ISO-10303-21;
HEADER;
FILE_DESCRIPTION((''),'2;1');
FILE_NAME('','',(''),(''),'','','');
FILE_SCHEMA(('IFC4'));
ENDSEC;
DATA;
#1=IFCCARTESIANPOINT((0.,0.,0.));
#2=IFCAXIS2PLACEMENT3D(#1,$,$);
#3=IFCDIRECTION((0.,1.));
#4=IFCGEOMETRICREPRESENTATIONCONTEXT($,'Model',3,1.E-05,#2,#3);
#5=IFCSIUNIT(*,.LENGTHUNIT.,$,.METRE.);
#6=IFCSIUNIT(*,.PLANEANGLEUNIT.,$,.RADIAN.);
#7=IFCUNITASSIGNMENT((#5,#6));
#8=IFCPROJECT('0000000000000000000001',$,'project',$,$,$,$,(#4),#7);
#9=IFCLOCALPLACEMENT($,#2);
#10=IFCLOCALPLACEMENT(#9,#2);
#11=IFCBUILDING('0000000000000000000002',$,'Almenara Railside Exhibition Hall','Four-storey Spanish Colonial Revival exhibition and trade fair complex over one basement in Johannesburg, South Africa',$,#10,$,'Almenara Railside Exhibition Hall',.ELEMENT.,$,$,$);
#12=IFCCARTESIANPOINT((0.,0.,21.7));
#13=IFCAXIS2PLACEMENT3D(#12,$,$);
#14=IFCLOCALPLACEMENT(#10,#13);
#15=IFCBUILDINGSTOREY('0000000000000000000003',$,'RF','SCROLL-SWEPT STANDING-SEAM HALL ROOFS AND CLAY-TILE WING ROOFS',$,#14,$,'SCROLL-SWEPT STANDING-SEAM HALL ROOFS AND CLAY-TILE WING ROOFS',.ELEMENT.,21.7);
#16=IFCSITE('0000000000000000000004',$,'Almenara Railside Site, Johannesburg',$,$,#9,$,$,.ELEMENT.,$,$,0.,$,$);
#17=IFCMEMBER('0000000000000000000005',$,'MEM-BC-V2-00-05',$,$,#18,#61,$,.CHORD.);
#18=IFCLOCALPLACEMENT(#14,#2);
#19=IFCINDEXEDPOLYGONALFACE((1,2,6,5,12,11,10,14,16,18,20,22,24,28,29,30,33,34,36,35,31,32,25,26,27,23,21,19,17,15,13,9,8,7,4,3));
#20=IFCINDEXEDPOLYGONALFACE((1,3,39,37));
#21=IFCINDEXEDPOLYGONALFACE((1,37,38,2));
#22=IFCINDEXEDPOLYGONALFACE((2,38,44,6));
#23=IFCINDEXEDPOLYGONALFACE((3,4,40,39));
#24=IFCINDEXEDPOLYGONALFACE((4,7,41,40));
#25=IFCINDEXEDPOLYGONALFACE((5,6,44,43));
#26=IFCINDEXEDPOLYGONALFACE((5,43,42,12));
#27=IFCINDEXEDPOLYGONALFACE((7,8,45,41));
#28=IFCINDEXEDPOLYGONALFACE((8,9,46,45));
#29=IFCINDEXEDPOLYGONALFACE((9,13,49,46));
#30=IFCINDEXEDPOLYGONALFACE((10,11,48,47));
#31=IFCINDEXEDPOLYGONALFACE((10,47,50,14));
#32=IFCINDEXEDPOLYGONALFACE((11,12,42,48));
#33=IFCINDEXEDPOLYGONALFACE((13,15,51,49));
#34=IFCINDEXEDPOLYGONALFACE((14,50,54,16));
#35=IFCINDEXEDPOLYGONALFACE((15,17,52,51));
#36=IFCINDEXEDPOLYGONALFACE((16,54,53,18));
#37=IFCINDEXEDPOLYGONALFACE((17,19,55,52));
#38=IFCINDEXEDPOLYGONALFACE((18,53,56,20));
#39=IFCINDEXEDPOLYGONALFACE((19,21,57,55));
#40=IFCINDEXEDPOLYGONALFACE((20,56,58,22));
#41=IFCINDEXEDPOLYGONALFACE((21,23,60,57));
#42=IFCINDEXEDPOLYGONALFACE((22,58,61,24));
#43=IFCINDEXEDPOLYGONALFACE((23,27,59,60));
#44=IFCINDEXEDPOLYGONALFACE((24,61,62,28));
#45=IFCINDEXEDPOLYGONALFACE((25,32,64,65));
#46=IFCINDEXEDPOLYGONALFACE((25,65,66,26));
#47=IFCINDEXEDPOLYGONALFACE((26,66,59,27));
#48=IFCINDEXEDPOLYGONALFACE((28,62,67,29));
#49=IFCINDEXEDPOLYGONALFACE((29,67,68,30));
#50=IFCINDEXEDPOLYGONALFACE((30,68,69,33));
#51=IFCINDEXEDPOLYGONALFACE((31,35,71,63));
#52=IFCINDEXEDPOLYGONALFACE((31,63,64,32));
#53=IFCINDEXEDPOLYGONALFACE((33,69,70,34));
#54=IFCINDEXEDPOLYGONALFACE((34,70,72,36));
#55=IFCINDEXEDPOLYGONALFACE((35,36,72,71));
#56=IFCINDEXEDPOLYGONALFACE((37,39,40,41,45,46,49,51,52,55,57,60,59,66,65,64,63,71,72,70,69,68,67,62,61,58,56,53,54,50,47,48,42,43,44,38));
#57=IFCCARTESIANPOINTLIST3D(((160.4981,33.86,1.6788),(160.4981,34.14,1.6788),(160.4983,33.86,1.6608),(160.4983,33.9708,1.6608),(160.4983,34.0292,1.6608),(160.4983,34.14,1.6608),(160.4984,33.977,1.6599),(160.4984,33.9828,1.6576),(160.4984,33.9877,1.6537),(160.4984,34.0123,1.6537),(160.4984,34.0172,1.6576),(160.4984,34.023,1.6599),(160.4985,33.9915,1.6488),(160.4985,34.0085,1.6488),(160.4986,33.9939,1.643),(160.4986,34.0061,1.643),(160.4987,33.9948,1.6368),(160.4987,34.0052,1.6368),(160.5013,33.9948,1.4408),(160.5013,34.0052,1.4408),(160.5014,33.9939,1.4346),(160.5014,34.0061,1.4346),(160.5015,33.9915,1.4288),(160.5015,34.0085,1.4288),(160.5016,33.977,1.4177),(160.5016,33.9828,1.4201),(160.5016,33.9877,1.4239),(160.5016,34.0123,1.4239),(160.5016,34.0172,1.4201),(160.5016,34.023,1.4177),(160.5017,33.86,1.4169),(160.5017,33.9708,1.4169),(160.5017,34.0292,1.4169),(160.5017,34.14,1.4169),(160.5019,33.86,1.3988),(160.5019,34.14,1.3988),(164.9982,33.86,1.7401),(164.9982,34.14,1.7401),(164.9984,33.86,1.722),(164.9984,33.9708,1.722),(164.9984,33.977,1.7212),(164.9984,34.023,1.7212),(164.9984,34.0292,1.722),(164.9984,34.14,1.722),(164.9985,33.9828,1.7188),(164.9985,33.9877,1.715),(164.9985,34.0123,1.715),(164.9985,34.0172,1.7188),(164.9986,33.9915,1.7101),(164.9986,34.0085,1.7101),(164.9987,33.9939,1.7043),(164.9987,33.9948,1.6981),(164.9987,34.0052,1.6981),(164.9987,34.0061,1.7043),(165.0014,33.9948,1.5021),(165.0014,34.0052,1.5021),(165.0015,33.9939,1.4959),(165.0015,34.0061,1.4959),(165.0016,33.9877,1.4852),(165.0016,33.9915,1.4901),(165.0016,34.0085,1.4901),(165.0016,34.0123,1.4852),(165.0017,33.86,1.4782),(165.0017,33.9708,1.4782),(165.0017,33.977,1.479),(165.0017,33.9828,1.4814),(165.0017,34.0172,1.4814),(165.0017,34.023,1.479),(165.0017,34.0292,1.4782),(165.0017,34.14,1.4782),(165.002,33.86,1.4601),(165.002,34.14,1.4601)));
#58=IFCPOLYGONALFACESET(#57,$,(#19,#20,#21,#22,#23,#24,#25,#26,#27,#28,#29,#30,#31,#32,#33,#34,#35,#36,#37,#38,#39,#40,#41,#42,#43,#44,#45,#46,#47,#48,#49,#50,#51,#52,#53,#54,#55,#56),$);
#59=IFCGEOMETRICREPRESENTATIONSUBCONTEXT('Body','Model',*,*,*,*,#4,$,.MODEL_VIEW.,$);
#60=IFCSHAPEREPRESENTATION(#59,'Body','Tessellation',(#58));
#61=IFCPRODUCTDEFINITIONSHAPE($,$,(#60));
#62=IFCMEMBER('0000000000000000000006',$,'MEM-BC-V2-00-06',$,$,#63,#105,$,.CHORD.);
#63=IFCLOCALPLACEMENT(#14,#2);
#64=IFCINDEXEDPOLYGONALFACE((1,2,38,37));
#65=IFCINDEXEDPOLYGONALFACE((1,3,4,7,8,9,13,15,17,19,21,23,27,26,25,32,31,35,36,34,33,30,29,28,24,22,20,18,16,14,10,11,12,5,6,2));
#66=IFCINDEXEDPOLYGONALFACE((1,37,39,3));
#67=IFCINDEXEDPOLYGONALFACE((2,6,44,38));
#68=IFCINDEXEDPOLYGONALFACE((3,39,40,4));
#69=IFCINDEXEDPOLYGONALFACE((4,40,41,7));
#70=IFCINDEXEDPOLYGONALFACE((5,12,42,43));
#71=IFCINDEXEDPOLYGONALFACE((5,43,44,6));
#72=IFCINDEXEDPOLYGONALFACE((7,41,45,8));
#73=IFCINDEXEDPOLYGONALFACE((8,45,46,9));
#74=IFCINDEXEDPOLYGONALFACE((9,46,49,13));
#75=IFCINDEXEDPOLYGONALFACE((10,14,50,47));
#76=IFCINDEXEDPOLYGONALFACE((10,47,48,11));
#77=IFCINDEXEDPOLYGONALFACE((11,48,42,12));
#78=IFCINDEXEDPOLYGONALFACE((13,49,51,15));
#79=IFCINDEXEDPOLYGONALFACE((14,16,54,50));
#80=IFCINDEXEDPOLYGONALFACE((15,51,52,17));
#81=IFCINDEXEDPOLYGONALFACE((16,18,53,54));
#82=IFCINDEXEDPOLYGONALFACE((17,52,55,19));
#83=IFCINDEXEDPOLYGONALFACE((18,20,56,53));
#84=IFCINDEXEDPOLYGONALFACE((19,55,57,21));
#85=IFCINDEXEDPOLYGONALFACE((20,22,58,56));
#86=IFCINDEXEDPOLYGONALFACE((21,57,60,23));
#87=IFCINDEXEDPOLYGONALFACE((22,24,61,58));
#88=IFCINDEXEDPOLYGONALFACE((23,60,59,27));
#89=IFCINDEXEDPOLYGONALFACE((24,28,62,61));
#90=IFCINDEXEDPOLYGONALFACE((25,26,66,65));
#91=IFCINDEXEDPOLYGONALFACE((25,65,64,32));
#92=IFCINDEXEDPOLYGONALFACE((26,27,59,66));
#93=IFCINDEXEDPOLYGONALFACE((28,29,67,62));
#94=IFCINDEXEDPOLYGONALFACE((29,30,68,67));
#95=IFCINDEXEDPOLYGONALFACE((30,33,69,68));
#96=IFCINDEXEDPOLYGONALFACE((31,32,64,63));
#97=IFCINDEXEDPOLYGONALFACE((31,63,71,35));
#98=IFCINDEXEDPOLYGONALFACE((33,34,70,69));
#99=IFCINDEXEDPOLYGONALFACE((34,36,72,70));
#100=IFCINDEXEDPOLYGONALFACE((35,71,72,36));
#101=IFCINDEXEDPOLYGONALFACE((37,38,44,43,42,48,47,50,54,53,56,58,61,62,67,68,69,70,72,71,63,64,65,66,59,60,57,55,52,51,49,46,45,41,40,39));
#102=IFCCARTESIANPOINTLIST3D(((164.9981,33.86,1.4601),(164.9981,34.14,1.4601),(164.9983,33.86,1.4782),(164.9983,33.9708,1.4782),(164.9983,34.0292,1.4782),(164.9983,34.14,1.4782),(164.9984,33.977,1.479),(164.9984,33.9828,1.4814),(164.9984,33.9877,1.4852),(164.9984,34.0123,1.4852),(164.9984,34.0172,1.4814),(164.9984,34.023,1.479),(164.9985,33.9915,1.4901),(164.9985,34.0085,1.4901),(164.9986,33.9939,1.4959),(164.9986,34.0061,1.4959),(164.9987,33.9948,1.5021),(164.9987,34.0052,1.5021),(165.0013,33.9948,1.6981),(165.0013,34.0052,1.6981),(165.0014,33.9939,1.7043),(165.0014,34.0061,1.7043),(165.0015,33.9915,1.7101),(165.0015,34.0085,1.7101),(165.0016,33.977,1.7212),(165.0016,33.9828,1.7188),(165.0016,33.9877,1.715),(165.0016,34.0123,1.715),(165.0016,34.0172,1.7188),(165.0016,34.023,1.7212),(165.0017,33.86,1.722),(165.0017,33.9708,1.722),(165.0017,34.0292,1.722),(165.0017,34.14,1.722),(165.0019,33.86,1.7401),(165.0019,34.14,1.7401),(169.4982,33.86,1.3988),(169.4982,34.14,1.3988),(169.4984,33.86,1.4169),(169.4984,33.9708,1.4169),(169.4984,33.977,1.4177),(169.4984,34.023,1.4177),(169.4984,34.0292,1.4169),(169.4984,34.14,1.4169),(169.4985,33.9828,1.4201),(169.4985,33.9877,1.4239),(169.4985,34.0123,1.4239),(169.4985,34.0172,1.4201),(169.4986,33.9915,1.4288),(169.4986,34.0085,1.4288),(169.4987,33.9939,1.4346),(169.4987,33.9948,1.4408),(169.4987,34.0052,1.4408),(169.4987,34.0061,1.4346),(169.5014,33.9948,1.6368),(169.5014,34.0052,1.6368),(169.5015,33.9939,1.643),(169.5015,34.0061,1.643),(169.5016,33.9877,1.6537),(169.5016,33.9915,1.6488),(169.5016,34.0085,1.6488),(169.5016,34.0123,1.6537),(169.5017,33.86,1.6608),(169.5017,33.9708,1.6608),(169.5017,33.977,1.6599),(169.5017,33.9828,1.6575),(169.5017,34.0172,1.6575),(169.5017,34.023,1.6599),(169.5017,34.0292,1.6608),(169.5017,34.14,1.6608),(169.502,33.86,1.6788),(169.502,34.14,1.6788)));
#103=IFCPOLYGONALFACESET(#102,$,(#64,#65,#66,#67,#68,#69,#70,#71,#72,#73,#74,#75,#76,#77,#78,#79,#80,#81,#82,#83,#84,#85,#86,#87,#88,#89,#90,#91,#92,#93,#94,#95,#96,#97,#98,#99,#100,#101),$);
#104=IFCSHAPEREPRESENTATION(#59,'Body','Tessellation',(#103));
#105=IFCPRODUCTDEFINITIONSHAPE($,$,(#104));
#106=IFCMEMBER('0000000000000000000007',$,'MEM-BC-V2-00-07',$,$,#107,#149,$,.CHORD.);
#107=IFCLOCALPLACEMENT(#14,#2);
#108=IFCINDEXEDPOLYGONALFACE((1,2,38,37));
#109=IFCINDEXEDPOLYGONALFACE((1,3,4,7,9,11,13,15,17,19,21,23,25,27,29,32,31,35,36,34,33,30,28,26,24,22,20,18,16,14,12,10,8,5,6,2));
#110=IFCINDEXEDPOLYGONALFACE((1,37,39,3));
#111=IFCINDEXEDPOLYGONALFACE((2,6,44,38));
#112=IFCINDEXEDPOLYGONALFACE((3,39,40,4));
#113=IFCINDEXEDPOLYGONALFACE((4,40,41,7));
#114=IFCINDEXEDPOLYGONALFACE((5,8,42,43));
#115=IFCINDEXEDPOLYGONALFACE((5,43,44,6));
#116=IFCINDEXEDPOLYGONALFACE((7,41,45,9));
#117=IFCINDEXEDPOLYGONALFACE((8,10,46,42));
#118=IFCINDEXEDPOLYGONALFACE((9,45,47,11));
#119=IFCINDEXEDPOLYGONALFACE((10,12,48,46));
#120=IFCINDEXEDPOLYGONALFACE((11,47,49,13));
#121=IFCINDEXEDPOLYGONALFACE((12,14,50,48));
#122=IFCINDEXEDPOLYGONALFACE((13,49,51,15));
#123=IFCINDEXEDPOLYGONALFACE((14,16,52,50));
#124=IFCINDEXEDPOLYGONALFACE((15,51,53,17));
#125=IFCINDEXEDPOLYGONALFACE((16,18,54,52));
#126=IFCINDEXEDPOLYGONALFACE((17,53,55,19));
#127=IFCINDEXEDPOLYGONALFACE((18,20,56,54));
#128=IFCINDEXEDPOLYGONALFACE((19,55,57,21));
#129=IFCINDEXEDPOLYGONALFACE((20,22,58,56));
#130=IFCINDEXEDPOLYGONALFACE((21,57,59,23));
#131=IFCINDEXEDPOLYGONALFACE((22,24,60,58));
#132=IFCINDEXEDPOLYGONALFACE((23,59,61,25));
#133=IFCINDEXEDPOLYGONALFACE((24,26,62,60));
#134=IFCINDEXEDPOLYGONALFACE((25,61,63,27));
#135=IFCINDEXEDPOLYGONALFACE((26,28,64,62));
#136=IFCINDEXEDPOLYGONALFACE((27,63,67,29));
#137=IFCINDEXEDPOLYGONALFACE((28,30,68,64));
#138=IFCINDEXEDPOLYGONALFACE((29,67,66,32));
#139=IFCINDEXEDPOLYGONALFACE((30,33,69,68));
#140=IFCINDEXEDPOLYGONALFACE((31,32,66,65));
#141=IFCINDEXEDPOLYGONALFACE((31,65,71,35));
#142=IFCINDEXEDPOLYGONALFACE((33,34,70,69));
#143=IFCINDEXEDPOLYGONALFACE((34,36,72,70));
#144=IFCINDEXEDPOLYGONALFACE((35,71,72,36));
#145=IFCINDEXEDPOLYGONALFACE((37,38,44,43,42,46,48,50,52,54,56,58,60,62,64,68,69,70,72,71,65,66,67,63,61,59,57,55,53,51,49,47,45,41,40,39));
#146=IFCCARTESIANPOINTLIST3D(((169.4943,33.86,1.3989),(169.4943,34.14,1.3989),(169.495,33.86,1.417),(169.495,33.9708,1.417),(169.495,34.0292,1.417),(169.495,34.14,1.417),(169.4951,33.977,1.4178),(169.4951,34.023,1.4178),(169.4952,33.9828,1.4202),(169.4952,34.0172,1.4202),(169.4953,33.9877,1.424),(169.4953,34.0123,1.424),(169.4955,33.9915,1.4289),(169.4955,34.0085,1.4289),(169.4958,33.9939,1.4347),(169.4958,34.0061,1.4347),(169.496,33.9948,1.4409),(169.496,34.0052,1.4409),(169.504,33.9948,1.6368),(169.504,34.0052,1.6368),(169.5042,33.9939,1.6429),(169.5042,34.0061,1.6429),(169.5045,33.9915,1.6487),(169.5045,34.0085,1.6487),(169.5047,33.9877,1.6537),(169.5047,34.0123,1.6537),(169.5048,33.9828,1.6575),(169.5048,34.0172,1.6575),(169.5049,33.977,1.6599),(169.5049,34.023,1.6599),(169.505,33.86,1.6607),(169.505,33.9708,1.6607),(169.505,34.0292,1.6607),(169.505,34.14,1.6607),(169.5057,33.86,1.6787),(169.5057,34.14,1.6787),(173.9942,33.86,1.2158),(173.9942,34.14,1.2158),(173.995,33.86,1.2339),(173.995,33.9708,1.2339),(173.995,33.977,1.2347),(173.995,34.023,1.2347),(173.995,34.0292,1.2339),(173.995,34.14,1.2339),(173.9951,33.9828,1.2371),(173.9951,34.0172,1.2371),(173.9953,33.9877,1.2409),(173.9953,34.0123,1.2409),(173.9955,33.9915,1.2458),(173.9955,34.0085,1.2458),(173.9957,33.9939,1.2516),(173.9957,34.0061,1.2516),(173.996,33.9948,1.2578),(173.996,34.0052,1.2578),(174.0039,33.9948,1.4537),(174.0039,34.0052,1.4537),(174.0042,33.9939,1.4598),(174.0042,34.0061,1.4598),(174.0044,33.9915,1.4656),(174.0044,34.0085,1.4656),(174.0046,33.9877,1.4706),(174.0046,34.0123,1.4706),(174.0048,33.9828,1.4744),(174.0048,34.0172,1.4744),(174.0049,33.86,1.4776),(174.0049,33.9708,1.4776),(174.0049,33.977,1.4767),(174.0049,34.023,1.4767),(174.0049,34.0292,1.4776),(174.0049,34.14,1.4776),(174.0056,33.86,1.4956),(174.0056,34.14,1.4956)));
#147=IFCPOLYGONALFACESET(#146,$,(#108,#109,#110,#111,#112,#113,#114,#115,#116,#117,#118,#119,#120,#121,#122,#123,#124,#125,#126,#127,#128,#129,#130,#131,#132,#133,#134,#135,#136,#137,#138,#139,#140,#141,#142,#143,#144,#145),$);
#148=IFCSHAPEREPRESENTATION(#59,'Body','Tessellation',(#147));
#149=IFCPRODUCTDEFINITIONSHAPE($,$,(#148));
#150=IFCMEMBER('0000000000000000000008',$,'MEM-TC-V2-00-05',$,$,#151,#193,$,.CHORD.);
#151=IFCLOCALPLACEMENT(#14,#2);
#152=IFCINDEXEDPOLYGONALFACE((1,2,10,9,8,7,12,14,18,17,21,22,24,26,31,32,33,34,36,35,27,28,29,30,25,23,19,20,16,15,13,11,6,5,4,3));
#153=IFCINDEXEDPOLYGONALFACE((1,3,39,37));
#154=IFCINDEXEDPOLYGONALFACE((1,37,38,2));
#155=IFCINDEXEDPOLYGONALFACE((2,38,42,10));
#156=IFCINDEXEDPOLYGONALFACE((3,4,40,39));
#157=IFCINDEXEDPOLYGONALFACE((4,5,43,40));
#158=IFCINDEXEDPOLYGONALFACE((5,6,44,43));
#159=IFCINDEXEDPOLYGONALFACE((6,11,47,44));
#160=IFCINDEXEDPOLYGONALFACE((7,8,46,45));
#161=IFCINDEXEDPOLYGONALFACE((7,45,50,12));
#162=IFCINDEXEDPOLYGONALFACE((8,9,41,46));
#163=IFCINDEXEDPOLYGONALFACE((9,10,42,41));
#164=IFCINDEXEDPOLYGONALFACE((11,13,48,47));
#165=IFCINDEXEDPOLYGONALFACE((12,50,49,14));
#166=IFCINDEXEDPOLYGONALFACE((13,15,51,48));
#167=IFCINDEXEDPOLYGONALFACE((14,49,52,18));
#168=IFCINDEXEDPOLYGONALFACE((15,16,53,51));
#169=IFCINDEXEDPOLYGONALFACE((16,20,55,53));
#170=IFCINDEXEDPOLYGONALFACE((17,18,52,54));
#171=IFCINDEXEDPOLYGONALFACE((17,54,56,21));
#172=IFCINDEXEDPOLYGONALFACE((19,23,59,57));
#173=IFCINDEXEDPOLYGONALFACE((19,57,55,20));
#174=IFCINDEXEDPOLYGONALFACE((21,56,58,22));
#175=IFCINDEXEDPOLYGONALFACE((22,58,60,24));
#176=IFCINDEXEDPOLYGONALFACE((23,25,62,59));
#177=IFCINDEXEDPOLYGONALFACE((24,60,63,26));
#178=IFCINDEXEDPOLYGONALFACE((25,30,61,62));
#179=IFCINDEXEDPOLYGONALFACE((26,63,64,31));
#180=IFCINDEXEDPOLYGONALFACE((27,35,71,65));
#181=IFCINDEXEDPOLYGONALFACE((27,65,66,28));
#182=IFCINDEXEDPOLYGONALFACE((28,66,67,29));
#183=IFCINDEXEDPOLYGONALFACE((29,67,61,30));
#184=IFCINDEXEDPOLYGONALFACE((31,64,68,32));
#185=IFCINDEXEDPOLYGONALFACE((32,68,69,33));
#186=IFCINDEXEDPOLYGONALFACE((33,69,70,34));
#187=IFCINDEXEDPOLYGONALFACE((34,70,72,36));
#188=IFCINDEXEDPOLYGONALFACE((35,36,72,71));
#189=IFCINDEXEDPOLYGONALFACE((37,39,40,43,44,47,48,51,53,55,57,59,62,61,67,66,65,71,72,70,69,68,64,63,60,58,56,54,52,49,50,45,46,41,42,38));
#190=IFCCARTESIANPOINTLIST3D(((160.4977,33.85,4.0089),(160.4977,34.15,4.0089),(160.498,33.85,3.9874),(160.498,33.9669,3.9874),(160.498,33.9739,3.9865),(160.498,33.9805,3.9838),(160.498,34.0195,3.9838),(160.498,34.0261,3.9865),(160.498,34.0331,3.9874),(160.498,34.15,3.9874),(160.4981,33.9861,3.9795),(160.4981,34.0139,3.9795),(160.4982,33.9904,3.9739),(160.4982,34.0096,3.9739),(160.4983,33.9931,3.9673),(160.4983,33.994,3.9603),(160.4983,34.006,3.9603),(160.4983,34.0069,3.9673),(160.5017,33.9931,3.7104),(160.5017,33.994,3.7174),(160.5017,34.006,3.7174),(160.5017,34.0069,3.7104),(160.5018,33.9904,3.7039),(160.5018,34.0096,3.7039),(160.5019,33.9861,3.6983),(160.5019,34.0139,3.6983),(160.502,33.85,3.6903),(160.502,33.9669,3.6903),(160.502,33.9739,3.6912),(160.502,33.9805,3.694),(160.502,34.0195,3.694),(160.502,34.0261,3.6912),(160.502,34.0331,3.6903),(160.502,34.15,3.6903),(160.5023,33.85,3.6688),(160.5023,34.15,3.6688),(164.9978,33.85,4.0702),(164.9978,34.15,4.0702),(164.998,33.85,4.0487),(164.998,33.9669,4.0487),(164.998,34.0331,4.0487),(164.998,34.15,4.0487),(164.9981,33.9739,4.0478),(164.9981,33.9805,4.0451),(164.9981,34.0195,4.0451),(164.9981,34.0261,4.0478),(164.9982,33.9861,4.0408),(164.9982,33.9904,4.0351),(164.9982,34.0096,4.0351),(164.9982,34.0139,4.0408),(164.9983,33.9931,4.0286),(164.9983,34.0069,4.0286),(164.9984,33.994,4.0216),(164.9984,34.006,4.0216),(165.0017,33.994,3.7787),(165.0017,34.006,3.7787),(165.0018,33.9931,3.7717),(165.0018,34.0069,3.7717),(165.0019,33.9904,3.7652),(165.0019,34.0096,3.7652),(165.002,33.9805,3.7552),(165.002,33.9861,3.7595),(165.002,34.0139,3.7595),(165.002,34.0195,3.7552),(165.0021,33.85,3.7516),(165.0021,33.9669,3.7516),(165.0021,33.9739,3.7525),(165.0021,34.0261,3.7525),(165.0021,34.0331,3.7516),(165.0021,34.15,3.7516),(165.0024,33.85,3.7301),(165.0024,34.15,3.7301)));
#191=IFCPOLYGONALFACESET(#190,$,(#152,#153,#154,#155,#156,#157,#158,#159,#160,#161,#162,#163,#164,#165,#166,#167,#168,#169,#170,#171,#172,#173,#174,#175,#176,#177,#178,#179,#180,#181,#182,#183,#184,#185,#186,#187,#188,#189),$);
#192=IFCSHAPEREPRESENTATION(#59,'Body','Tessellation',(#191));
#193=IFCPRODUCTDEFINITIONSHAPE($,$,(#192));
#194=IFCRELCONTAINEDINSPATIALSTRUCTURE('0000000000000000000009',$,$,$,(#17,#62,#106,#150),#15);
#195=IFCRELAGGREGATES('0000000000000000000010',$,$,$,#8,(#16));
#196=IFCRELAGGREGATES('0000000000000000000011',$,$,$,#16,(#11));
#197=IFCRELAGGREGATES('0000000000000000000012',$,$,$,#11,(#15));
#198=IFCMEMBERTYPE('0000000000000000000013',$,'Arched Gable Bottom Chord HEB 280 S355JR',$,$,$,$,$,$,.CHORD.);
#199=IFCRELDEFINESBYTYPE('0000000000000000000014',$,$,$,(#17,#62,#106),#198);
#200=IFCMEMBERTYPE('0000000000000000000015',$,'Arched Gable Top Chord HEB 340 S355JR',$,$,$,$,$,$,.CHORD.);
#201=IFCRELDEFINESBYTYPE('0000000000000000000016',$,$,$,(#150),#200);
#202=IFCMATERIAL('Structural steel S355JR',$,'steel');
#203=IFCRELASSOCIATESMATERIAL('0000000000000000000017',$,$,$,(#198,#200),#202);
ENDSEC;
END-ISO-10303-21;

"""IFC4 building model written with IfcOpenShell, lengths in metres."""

from ifc_helpers import new_model, si_unit, direction, frame, origin, origin_2d, place, context, subcontext, project, spatial, i_section, extrude, material, material_profile, profile_set, type_object, element, save


model = new_model("IFC4")

# Units and contexts
model_context = context("Model", 3, precision=1e-05, world=origin(), true_north=direction((0.0, 1.0)))
body_context = subcontext(model_context, "Body", "Model", "MODEL_VIEW")
ifc_project = project(units=[si_unit("LENGTHUNIT", "METRE"), si_unit("PLANEANGLEUNIT", "RADIAN")], contexts=[model_context])

# Site, building, storey
site_placement = place(None, origin())
site = spatial("IfcSite", under=ifc_project, at=site_placement, Name="Almenara Railside Site, Johannesburg", CompositionType="ELEMENT", RefElevation=0.0)
building_placement = place(site_placement, origin())
building = spatial("IfcBuilding", under=site, at=building_placement, Name="Almenara Railside Exhibition Hall", Description="Four-storey Spanish Colonial Revival exhibition and trade fair complex over one basement in Johannesburg, South Africa", LongName="Almenara Railside Exhibition Hall", CompositionType="ELEMENT")
storey_placement = place(building_placement, frame((0.0, 0.0, 21.7)))
storey = spatial("IfcBuildingStorey", under=building, at=storey_placement, Name="RF", Description="SCROLL-SWEPT STANDING-SEAM HALL ROOFS AND CLAY-TILE WING ROOFS", LongName="SCROLL-SWEPT STANDING-SEAM HALL ROOFS AND CLAY-TILE WING ROOFS", CompositionType="ELEMENT", Elevation=21.7)

# Members
ifc_material_1 = material(Name="Structural steel S355JR", Category="steel")
ifc_material_profile_1 = material_profile(ifc_material_1, i_section(OverallWidth=0.28, OverallDepth=0.28, WebThickness=0.0105, FlangeThickness=0.0181, FilletRadius=0.0239, at=origin_2d()), Name="HEB 280")
ifc_profile_set_1 = profile_set([ifc_material_profile_1], Name="Structural steel S355JR")
member_type_1 = type_object("IfcMemberType", Name="Arched Gable Bottom Chord HEB 280 S355JR", PredefinedType="CHORD", material=ifc_profile_set_1)
for number, where, z_axis, x_axis, name in (
    (1, (160.5, 34.0, 1.5388), (0.999907, 0.0, 0.013616), (0.0, 1.0, 0.0), "MEM-BC-V2-00-05"),
    (2, (165.0, 34.0, 1.6001), (0.999907, 0.0, -0.013616), (0.0, 1.0, 0.0), "MEM-BC-V2-00-06"),
):
    element("IfcMember", number, at=place(storey_placement, frame(where, z_axis=z_axis, x_axis=x_axis)), inside=storey, type_object=member_type_1, Name=name, PredefinedType="CHORD", context=body_context, shape_type="SweptSolid", body=[
        extrude(i_section(OverallWidth=0.28, OverallDepth=0.28, WebThickness=0.0105, FlangeThickness=0.0181, FilletRadius=0.0239, at=origin_2d()), origin(), (0.0, 0.0, 1.0), 4.5005),
    ])
member_1_placement = place(storey_placement, frame((169.5, 34.0, 1.5388), z_axis=(0.999173, 0.0, -0.040656), x_axis=(0.0, 1.0, 0.0)))
element("IfcMember", 3, at=member_1_placement, inside=storey, type_object=member_type_1, Name="MEM-BC-V2-00-07", PredefinedType="CHORD", context=body_context, shape_type="SweptSolid", body=[
    extrude(i_section(OverallWidth=0.28, OverallDepth=0.28, WebThickness=0.0105, FlangeThickness=0.0181, FilletRadius=0.0239, at=origin_2d()), origin(), (0.0, 0.0, 1.0), 4.5037),
])
ifc_material_profile_2 = material_profile(ifc_material_1, i_section(OverallWidth=0.3, OverallDepth=0.3401, WebThickness=0.012, FlangeThickness=0.0215, FilletRadius=0.0271, at=origin_2d()), Name="HEB 340")
ifc_profile_set_2 = profile_set([ifc_material_profile_2], Name="Structural steel S355JR")
member_type_2 = type_object("IfcMemberType", Name="Arched Gable Top Chord HEB 340 S355JR", PredefinedType="CHORD", material=ifc_profile_set_2)
for number, where, z_axis, x_axis, name in (
    (4, (160.5, 34.0, 3.8389), (0.999907, 0.0, 0.013616), (0.0, 1.0, 0.0), "MEM-TC-V2-00-05"),
):
    element("IfcMember", number, at=place(storey_placement, frame(where, z_axis=z_axis, x_axis=x_axis)), inside=storey, type_object=member_type_2, Name=name, PredefinedType="CHORD", context=body_context, shape_type="SweptSolid", body=[
        extrude(i_section(OverallWidth=0.3, OverallDepth=0.3401, WebThickness=0.012, FlangeThickness=0.0215, FilletRadius=0.0271, at=origin_2d()), origin(), (0.0, 0.0, 1.0), 4.5005),
    ])

save(model, "model.ifc")
